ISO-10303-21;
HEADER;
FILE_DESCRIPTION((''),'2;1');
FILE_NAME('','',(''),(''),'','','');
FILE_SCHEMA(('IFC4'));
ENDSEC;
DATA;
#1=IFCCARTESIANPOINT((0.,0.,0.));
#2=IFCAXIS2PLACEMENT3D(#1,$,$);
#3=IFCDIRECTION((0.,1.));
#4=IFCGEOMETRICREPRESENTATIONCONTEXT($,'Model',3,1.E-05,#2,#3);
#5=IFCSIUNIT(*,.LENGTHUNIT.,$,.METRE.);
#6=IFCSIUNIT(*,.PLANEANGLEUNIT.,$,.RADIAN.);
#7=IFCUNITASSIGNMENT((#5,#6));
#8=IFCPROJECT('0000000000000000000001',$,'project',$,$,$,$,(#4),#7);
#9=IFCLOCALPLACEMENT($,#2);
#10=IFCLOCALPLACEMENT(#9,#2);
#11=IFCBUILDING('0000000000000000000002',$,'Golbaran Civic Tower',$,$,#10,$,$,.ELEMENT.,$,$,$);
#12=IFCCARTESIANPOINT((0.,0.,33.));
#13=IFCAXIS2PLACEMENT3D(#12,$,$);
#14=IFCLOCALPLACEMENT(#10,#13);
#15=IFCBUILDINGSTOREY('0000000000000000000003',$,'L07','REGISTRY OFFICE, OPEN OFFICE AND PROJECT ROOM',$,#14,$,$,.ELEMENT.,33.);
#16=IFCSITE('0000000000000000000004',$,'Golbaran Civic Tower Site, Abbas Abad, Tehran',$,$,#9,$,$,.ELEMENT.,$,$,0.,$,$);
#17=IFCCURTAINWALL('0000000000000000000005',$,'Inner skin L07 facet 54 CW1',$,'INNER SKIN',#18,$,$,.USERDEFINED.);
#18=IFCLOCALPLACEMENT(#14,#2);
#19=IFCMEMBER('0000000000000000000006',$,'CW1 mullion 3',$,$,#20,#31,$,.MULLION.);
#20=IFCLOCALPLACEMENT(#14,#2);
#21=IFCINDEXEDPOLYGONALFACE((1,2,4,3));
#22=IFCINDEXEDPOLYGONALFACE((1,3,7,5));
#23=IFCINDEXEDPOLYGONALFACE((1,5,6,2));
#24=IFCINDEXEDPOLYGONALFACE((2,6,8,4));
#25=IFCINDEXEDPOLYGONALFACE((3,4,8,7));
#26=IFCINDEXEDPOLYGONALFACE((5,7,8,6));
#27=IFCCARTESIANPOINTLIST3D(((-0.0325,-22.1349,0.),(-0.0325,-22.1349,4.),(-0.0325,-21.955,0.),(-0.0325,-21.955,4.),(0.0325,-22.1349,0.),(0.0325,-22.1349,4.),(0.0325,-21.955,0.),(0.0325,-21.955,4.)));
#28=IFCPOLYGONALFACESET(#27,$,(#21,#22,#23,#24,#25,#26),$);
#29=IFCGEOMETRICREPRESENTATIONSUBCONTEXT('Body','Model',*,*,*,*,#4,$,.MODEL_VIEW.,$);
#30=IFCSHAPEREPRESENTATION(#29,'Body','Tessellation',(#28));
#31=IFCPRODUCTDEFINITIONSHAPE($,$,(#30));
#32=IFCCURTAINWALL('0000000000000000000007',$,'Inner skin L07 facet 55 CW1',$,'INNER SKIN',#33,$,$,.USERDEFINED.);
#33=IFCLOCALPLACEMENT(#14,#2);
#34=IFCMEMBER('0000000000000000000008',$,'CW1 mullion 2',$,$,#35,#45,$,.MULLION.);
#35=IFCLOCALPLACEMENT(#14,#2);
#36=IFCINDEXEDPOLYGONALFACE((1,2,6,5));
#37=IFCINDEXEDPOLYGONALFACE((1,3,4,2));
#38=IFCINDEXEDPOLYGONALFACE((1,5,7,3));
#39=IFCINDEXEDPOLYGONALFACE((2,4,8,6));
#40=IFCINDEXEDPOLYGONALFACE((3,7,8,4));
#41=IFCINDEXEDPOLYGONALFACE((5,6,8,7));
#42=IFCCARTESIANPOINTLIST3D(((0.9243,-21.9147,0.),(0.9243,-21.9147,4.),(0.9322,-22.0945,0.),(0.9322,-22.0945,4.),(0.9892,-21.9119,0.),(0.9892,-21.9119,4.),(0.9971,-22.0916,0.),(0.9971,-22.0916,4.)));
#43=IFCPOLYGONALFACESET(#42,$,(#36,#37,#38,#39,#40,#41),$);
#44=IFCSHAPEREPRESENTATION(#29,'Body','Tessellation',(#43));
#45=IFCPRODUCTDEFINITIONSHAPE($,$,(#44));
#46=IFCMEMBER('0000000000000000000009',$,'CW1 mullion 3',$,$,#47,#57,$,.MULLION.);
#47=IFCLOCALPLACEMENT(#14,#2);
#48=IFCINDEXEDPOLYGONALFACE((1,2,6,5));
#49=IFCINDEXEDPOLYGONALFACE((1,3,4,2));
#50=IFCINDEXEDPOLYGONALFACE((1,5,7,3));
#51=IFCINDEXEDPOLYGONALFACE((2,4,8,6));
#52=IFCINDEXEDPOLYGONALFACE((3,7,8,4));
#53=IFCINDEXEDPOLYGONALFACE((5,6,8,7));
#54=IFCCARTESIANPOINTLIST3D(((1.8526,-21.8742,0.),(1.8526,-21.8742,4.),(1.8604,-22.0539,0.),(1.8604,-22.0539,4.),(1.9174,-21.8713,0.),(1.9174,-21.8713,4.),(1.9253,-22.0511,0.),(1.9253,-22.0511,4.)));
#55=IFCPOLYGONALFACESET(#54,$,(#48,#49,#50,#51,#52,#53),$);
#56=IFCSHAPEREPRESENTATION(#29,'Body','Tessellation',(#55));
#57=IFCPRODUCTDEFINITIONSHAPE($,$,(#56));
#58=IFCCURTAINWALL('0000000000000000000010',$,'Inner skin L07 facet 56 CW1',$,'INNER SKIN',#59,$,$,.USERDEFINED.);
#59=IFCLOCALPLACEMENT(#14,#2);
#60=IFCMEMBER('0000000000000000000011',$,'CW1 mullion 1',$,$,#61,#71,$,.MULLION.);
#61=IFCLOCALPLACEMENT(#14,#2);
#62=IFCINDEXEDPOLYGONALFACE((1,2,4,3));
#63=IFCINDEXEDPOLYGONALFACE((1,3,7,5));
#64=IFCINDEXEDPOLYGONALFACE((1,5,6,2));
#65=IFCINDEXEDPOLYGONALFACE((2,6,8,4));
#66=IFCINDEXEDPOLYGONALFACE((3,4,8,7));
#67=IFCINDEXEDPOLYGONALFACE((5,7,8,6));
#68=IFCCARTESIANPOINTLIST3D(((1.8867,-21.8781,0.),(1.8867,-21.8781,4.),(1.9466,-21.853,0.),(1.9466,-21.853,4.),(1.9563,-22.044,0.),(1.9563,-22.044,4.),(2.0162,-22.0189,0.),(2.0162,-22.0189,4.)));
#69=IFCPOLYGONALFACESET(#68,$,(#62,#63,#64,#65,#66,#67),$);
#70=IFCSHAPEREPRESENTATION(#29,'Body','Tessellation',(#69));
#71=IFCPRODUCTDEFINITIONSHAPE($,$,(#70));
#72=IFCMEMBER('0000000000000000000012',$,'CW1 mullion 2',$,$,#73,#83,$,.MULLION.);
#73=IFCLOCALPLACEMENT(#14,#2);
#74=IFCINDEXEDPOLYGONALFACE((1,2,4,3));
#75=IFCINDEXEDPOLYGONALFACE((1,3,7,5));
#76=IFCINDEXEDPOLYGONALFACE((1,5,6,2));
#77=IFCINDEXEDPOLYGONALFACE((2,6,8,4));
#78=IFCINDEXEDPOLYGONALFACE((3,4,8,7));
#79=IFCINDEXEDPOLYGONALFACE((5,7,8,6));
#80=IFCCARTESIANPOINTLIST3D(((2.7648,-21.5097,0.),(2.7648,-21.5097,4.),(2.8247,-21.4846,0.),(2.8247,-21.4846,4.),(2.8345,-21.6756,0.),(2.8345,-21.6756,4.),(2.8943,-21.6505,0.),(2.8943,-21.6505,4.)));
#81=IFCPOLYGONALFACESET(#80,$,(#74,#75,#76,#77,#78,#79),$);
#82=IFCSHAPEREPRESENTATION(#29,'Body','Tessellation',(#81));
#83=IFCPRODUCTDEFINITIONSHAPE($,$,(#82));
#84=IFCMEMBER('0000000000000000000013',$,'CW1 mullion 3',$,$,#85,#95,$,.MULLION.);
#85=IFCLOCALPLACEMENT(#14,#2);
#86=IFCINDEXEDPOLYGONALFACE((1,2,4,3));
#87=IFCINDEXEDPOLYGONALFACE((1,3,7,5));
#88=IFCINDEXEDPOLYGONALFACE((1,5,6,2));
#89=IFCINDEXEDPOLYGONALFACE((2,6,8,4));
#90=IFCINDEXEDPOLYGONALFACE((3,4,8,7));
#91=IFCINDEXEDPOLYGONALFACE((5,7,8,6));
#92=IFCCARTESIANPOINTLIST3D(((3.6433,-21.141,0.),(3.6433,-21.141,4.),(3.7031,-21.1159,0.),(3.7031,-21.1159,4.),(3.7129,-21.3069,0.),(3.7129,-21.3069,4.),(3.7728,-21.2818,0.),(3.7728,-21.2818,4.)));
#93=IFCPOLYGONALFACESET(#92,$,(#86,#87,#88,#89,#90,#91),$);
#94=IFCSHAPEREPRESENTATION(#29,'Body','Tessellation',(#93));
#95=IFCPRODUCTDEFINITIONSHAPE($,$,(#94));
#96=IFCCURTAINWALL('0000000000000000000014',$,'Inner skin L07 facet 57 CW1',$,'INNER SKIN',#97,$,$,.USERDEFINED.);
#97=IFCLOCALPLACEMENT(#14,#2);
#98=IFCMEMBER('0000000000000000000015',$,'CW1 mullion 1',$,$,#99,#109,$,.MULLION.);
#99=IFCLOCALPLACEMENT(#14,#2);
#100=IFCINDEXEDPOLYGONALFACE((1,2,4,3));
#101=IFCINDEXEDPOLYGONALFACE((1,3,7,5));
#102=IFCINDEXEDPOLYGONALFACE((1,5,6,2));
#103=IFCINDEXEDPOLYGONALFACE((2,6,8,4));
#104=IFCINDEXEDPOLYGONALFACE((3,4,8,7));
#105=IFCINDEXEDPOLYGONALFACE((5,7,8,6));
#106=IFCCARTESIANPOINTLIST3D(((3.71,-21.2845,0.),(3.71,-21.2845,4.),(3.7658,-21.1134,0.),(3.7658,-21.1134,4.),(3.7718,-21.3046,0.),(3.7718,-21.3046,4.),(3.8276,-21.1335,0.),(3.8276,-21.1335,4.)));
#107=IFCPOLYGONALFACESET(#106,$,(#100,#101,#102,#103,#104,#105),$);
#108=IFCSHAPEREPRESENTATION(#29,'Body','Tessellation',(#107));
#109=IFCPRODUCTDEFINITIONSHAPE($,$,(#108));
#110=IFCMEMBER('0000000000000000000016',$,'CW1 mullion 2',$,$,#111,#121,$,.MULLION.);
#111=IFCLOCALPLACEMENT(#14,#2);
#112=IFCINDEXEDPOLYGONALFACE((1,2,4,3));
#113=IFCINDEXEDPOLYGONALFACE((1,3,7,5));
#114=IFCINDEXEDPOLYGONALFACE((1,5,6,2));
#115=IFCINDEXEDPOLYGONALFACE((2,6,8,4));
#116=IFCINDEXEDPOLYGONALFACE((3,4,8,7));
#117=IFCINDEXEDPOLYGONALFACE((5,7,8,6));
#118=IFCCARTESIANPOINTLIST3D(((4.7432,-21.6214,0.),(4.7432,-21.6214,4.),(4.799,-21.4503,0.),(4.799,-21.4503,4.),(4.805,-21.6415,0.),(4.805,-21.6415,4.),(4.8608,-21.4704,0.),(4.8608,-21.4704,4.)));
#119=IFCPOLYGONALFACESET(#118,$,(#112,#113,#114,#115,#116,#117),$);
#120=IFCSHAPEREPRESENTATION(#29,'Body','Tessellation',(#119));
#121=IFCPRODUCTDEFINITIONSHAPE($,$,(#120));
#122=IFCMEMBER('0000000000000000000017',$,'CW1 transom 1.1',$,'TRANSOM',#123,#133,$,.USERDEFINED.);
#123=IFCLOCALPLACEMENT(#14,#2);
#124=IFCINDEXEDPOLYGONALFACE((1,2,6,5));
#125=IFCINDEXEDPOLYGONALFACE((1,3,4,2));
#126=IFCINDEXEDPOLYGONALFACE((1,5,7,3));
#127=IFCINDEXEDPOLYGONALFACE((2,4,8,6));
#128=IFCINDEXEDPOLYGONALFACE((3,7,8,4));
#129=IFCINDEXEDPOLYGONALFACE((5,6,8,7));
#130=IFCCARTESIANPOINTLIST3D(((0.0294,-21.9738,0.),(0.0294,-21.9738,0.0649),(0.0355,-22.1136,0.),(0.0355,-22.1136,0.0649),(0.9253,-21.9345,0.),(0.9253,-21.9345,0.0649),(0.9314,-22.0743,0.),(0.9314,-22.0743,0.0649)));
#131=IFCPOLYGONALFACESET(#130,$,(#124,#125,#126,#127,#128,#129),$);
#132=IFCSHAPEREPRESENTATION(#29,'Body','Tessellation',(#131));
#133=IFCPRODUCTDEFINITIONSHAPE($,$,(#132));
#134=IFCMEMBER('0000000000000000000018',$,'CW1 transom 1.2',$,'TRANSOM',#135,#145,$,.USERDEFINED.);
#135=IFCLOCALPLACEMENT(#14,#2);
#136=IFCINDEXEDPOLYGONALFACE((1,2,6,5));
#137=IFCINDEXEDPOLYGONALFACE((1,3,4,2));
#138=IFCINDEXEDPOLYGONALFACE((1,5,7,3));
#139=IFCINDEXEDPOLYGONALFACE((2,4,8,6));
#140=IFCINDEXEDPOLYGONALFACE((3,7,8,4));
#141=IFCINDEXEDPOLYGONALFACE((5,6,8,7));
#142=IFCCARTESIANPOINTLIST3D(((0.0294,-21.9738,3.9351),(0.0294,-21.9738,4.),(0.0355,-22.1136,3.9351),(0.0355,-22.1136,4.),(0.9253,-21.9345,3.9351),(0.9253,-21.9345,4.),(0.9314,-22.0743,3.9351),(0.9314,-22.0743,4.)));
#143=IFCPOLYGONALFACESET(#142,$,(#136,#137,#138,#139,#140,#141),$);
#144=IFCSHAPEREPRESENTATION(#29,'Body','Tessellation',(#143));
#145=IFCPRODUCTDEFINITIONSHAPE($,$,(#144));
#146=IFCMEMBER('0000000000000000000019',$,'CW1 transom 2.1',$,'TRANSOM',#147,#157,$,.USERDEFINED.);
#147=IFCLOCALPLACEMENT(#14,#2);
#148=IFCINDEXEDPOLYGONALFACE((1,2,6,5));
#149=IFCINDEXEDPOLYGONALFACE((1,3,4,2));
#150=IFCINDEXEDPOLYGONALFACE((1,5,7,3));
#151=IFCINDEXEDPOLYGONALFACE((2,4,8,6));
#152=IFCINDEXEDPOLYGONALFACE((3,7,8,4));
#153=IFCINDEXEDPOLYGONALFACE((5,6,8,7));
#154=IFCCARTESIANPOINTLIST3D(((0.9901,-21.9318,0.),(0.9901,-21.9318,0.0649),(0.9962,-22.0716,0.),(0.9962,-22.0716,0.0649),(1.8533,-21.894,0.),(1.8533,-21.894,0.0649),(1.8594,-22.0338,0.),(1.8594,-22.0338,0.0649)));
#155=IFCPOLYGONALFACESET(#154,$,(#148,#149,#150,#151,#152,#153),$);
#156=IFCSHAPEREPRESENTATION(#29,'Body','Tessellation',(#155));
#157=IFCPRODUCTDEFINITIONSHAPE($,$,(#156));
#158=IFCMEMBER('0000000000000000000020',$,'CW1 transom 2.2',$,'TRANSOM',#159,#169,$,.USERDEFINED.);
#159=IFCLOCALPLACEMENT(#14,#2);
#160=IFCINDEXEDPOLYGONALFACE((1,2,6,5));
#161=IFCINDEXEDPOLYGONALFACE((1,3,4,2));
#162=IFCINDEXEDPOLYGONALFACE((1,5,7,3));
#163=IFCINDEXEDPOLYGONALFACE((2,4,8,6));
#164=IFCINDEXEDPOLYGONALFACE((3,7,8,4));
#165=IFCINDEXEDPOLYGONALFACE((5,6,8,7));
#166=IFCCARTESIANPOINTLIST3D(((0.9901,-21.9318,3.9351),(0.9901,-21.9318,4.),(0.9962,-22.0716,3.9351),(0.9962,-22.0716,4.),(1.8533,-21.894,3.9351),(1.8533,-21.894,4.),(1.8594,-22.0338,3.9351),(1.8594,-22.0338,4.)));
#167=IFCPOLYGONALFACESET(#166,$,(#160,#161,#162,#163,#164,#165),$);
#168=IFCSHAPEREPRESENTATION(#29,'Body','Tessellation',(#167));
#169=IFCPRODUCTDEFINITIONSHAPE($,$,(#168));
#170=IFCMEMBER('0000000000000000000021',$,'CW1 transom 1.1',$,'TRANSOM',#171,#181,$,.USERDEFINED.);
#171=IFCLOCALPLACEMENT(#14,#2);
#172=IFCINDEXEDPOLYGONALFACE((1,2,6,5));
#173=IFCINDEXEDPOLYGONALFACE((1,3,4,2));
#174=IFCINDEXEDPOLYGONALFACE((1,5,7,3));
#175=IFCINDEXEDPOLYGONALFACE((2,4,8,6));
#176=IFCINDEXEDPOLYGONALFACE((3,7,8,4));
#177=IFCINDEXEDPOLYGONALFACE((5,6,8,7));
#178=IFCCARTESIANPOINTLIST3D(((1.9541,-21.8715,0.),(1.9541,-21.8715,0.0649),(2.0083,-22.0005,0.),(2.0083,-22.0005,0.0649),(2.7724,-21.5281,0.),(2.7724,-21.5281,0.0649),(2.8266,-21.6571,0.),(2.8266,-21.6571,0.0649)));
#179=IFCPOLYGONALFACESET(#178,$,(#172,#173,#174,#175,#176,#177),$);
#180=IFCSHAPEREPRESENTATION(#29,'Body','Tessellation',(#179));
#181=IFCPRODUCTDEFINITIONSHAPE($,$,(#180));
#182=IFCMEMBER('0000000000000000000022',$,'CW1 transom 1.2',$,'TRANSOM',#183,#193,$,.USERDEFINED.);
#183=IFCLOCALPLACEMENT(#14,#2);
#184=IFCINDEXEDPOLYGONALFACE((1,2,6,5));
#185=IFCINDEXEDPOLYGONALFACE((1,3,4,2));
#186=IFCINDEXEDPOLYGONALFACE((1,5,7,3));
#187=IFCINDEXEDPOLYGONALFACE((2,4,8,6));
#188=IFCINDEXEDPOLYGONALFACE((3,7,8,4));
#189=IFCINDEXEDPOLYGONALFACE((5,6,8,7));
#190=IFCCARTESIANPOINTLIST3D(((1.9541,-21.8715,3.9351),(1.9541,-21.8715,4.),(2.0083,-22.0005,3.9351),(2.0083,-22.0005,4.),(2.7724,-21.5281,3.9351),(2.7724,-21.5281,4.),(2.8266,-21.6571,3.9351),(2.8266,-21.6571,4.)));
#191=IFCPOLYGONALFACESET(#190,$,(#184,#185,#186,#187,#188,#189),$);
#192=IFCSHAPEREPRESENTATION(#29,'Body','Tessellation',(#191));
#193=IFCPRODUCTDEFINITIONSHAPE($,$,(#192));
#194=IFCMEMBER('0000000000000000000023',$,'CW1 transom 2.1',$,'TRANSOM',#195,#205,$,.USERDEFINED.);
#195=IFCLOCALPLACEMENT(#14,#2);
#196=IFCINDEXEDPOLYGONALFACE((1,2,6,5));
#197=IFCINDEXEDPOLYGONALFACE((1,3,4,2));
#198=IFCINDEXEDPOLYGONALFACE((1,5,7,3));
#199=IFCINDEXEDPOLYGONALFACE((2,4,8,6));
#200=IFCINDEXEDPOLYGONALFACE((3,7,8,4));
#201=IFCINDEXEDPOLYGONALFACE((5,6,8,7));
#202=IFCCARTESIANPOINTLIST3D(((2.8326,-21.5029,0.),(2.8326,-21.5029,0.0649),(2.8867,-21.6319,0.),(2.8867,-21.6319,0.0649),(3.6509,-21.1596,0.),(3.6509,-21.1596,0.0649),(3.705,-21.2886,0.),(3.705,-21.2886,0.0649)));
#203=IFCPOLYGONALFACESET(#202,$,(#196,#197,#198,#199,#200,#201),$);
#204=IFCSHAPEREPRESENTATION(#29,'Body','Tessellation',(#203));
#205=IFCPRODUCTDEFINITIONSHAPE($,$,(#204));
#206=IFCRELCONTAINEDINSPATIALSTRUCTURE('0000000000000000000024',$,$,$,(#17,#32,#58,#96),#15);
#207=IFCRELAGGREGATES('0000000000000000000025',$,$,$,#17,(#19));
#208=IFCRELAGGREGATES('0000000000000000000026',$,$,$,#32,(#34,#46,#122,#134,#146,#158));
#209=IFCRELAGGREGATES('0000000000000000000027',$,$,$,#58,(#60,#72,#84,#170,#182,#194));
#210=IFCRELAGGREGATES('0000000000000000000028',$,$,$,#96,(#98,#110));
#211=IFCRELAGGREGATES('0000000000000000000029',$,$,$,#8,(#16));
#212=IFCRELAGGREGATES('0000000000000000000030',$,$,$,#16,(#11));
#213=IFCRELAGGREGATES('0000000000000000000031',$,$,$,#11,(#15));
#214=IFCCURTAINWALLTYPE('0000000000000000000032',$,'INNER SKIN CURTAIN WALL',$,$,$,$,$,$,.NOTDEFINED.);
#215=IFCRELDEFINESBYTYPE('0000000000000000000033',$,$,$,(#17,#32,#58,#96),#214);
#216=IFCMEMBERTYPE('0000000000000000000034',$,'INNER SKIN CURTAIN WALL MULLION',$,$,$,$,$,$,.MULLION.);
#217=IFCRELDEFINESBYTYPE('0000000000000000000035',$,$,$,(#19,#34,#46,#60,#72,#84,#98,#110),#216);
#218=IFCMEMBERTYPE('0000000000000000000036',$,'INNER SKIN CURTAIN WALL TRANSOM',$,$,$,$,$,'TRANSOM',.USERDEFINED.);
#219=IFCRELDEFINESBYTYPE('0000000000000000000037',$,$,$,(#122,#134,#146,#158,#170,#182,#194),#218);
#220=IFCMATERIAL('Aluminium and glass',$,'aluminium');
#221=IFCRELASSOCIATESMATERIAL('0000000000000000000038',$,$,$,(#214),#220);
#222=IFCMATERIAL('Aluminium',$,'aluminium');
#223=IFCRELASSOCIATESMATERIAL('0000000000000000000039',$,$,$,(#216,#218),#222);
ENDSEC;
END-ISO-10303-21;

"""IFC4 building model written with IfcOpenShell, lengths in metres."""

from ifc_helpers import new_model, si_unit, direction, frame, origin, origin_2d, place, context, subcontext, project, spatial, rectangle, extrude, material, material_profile, profile_set, type_object, element, aggregate, save


model = new_model("IFC4")

# Units and contexts
model_context = context("Model", 3, precision=1e-05, world=origin(), true_north=direction((0.0, 1.0)))
body_context = subcontext(model_context, "Body", "Model", "MODEL_VIEW")
ifc_project = project(units=[si_unit("LENGTHUNIT", "METRE"), si_unit("PLANEANGLEUNIT", "RADIAN")], contexts=[model_context])

# Site, building, storey
site_placement = place(None, origin())
site = spatial("IfcSite", under=ifc_project, at=site_placement, Name="Golbaran Civic Tower Site, Abbas Abad, Tehran", CompositionType="ELEMENT", RefElevation=0.0)
building_placement = place(site_placement, origin())
building = spatial("IfcBuilding", under=site, at=building_placement, Name="Golbaran Civic Tower", CompositionType="ELEMENT")
storey_placement = place(building_placement, frame((0.0, 0.0, 33.0)))
storey = spatial("IfcBuildingStorey", under=building, at=storey_placement, Name="L07", Description="REGISTRY OFFICE, OPEN OFFICE AND PROJECT ROOM", CompositionType="ELEMENT", Elevation=33.0)

# Curtain wall, member
ifc_material_1 = material(Name="Aluminium and glass", Category="aluminium")
curtain_wall_type = type_object("IfcCurtainWallType", Name="INNER SKIN CURTAIN WALL", PredefinedType="NOTDEFINED", material=ifc_material_1)
curtain_wall_1_placement = place(storey_placement, origin())
curtain_wall_1 = element("IfcCurtainWall", 1, at=curtain_wall_1_placement, inside=storey, type_object=curtain_wall_type, Name="Inner skin L07 facet 54 CW1", ObjectType="INNER SKIN", PredefinedType="USERDEFINED")
ifc_material_2 = material(Name="Aluminium", Category="aluminium")
ifc_material_profile_1 = material_profile(ifc_material_2, rectangle(XDim=0.1799, YDim=0.0649, at=origin_2d()), Name="INNER SKIN CURTAIN WALL MULLION")
ifc_profile_set_1 = profile_set([ifc_material_profile_1], Name="Aluminium")
member_type_1 = type_object("IfcMemberType", Name="INNER SKIN CURTAIN WALL MULLION", PredefinedType="MULLION", material=ifc_profile_set_1)
member_1_placement = place(storey_placement, frame((0.0, -22.0449, 0.0), z_axis=(0.0, 0.0, 1.0), x_axis=(0.0, 1.0, 0.0)))
member_1 = element("IfcMember", 2, at=member_1_placement, type_object=member_type_1, Name="CW1 mullion 3", PredefinedType="MULLION", context=body_context, shape_type="SweptSolid", body=[
    extrude(rectangle(XDim=0.1799, YDim=0.0649, at=origin_2d()), origin(), (0.0, 0.0, 1.0), 4.0),
])
aggregate(curtain_wall_1, [member_1])

# Curtain walls, members
curtain_wall_2_placement = place(storey_placement, origin())
curtain_wall_2 = element("IfcCurtainWall", 3, at=curtain_wall_2_placement, inside=storey, type_object=curtain_wall_type, Name="Inner skin L07 facet 55 CW1", ObjectType="INNER SKIN", PredefinedType="USERDEFINED")
member_2_placement = place(storey_placement, frame((0.9607, -22.0032, 0.0), z_axis=(0.0, 0.0, 1.0), x_axis=(-0.043619, 0.999048, 0.0)))
member_2 = element("IfcMember", 4, at=member_2_placement, type_object=member_type_1, Name="CW1 mullion 2", PredefinedType="MULLION", context=body_context, shape_type="SweptSolid", body=[
    extrude(rectangle(XDim=0.1799, YDim=0.0649, at=origin_2d()), origin(), (0.0, 0.0, 1.0), 4.0),
])
member_3_placement = place(storey_placement, frame((1.8889, -21.9626, 0.0), z_axis=(0.0, 0.0, 1.0), x_axis=(-0.043619, 0.999048, 0.0)))
member_3 = element("IfcMember", 5, at=member_3_placement, type_object=member_type_1, Name="CW1 mullion 3", PredefinedType="MULLION", context=body_context, shape_type="SweptSolid", body=[
    extrude(rectangle(XDim=0.1799, YDim=0.0649, at=origin_2d()), origin(), (0.0, 0.0, 1.0), 4.0),
])
curtain_wall_3_placement = place(storey_placement, origin())
curtain_wall_3 = element("IfcCurtainWall", 6, at=curtain_wall_3_placement, inside=storey, type_object=curtain_wall_type, Name="Inner skin L07 facet 56 CW1", ObjectType="INNER SKIN", PredefinedType="USERDEFINED")
member_4_placement = place(storey_placement, frame((1.9514, -21.9485, 0.0), z_axis=(0.0, 0.0, 1.0), x_axis=(-0.386873, 0.922133, 0.0)))
member_4 = element("IfcMember", 7, at=member_4_placement, type_object=member_type_1, Name="CW1 mullion 1", PredefinedType="MULLION", context=body_context, shape_type="SweptSolid", body=[
    extrude(rectangle(XDim=0.1799, YDim=0.0649, at=origin_2d()), origin(), (0.0, 0.0, 1.0), 4.0),
])
member_5_placement = place(storey_placement, frame((2.8296, -21.5801, 0.0), z_axis=(0.0, 0.0, 1.0), x_axis=(-0.386873, 0.922133, 0.0)))
member_5 = element("IfcMember", 8, at=member_5_placement, type_object=member_type_1, Name="CW1 mullion 2", PredefinedType="MULLION", context=body_context, shape_type="SweptSolid", body=[
    extrude(rectangle(XDim=0.1799, YDim=0.0649, at=origin_2d()), origin(), (0.0, 0.0, 1.0), 4.0),
])
member_6_placement = place(storey_placement, frame((3.708, -21.2114, 0.0), z_axis=(0.0, 0.0, 1.0), x_axis=(-0.386873, 0.922133, 0.0)))
member_6 = element("IfcMember", 9, at=member_6_placement, type_object=member_type_1, Name="CW1 mullion 3", PredefinedType="MULLION", context=body_context, shape_type="SweptSolid", body=[
    extrude(rectangle(XDim=0.1799, YDim=0.0649, at=origin_2d()), origin(), (0.0, 0.0, 1.0), 4.0),
])
curtain_wall_4_placement = place(storey_placement, origin())
curtain_wall_4 = element("IfcCurtainWall", 10, at=curtain_wall_4_placement, inside=storey, type_object=curtain_wall_type, Name="Inner skin L07 facet 57 CW1", ObjectType="INNER SKIN", PredefinedType="USERDEFINED")
member_7_placement = place(storey_placement, frame((3.7688, -21.209, 0.0), z_axis=(0.0, 0.0, 1.0), x_axis=(0.309925, 0.950761, 0.0)))
member_7 = element("IfcMember", 11, at=member_7_placement, type_object=member_type_1, Name="CW1 mullion 1", PredefinedType="MULLION", context=body_context, shape_type="SweptSolid", body=[
    extrude(rectangle(XDim=0.1799, YDim=0.0649, at=origin_2d()), origin(), (0.0, 0.0, 1.0), 4.0),
])
member_8_placement = place(storey_placement, frame((4.802, -21.5459, 0.0), z_axis=(0.0, 0.0, 1.0), x_axis=(0.309925, 0.950761, 0.0)))
member_8 = element("IfcMember", 12, at=member_8_placement, type_object=member_type_1, Name="CW1 mullion 2", PredefinedType="MULLION", context=body_context, shape_type="SweptSolid", body=[
    extrude(rectangle(XDim=0.1799, YDim=0.0649, at=origin_2d()), origin(), (0.0, 0.0, 1.0), 4.0),
])

# Members
ifc_material_profile_2 = material_profile(ifc_material_2, rectangle(XDim=0.1399, YDim=0.0649, at=origin_2d()), Name="INNER SKIN CURTAIN WALL TRANSOM")
ifc_profile_set_2 = profile_set([ifc_material_profile_2], Name="Aluminium")
member_type_2 = type_object("IfcMemberType", Name="INNER SKIN CURTAIN WALL TRANSOM", ElementType="TRANSOM", PredefinedType="USERDEFINED", material=ifc_profile_set_2)
member_9_placement = place(storey_placement, frame((0.0325, -22.0437, 0.0325), z_axis=(0.999039, 0.043839, 0.0), x_axis=(-0.043839, 0.999039, 0.0)))
member_9 = element("IfcMember", 13, at=member_9_placement, type_object=member_type_2, Name="CW1 transom 1.1", ObjectType="TRANSOM", PredefinedType="USERDEFINED", context=body_context, shape_type="SweptSolid", body=[
    extrude(rectangle(XDim=0.1399, YDim=0.0649, at=origin_2d()), origin(), (0.0, 0.0, 1.0), 0.8967),
])
member_10_placement = place(storey_placement, frame((0.0325, -22.0437, 3.9675), z_axis=(0.999039, 0.043839, 0.0), x_axis=(-0.043839, 0.999039, 0.0)))
member_10 = element("IfcMember", 14, at=member_10_placement, type_object=member_type_2, Name="CW1 transom 1.2", ObjectType="TRANSOM", PredefinedType="USERDEFINED", context=body_context, shape_type="SweptSolid", body=[
    extrude(rectangle(XDim=0.1399, YDim=0.0649, at=origin_2d()), origin(), (0.0, 0.0, 1.0), 0.8967),
])
member_11_placement = place(storey_placement, frame((0.9932, -22.0017, 0.0325), z_axis=(0.999041, 0.043793, 0.0), x_axis=(-0.043793, 0.999041, 0.0)))
member_11 = element("IfcMember", 15, at=member_11_placement, type_object=member_type_2, Name="CW1 transom 2.1", ObjectType="TRANSOM", PredefinedType="USERDEFINED", context=body_context, shape_type="SweptSolid", body=[
    extrude(rectangle(XDim=0.1399, YDim=0.0649, at=origin_2d()), origin(), (0.0, 0.0, 1.0), 0.864),
])
member_12_placement = place(storey_placement, frame((0.9932, -22.0017, 3.9675), z_axis=(0.999041, 0.043793, 0.0), x_axis=(-0.043793, 0.999041, 0.0)))
member_12 = element("IfcMember", 16, at=member_12_placement, type_object=member_type_2, Name="CW1 transom 2.2", ObjectType="TRANSOM", PredefinedType="USERDEFINED", context=body_context, shape_type="SweptSolid", body=[
    extrude(rectangle(XDim=0.1399, YDim=0.0649, at=origin_2d()), origin(), (0.0, 0.0, 1.0), 0.864),
])
member_13_placement = place(storey_placement, frame((1.9812, -21.936, 0.0325), z_axis=(0.922065, 0.387036, 0.0), x_axis=(-0.387036, 0.922065, 0.0)))
member_13 = element("IfcMember", 17, at=member_13_placement, type_object=member_type_2, Name="CW1 transom 1.1", ObjectType="TRANSOM", PredefinedType="USERDEFINED", context=body_context, shape_type="SweptSolid", body=[
    extrude(rectangle(XDim=0.1399, YDim=0.0649, at=origin_2d()), origin(), (0.0, 0.0, 1.0), 0.8875),
])
member_14_placement = place(storey_placement, frame((1.9812, -21.936, 3.9675), z_axis=(0.922065, 0.387036, 0.0), x_axis=(-0.387036, 0.922065, 0.0)))
member_14 = element("IfcMember", 18, at=member_14_placement, type_object=member_type_2, Name="CW1 transom 1.2", ObjectType="TRANSOM", PredefinedType="USERDEFINED", context=body_context, shape_type="SweptSolid", body=[
    extrude(rectangle(XDim=0.1399, YDim=0.0649, at=origin_2d()), origin(), (0.0, 0.0, 1.0), 0.8875),
])
member_15_placement = place(storey_placement, frame((2.8596, -21.5674, 0.0325), z_axis=(0.922163, 0.386802, 0.0), x_axis=(-0.386802, 0.922163, 0.0)))
member_15 = element("IfcMember", 19, at=member_15_placement, type_object=member_type_2, Name="CW1 transom 2.1", ObjectType="TRANSOM", PredefinedType="USERDEFINED", context=body_context, shape_type="SweptSolid", body=[
    extrude(rectangle(XDim=0.1399, YDim=0.0649, at=origin_2d()), origin(), (0.0, 0.0, 1.0), 0.8875),
])

aggregate(curtain_wall_2, [member_2, member_3, member_9, member_10, member_11, member_12])
aggregate(curtain_wall_3, [member_4, member_5, member_6, member_13, member_14, member_15])
aggregate(curtain_wall_4, [member_7, member_8])

save(model, "model.ifc")
